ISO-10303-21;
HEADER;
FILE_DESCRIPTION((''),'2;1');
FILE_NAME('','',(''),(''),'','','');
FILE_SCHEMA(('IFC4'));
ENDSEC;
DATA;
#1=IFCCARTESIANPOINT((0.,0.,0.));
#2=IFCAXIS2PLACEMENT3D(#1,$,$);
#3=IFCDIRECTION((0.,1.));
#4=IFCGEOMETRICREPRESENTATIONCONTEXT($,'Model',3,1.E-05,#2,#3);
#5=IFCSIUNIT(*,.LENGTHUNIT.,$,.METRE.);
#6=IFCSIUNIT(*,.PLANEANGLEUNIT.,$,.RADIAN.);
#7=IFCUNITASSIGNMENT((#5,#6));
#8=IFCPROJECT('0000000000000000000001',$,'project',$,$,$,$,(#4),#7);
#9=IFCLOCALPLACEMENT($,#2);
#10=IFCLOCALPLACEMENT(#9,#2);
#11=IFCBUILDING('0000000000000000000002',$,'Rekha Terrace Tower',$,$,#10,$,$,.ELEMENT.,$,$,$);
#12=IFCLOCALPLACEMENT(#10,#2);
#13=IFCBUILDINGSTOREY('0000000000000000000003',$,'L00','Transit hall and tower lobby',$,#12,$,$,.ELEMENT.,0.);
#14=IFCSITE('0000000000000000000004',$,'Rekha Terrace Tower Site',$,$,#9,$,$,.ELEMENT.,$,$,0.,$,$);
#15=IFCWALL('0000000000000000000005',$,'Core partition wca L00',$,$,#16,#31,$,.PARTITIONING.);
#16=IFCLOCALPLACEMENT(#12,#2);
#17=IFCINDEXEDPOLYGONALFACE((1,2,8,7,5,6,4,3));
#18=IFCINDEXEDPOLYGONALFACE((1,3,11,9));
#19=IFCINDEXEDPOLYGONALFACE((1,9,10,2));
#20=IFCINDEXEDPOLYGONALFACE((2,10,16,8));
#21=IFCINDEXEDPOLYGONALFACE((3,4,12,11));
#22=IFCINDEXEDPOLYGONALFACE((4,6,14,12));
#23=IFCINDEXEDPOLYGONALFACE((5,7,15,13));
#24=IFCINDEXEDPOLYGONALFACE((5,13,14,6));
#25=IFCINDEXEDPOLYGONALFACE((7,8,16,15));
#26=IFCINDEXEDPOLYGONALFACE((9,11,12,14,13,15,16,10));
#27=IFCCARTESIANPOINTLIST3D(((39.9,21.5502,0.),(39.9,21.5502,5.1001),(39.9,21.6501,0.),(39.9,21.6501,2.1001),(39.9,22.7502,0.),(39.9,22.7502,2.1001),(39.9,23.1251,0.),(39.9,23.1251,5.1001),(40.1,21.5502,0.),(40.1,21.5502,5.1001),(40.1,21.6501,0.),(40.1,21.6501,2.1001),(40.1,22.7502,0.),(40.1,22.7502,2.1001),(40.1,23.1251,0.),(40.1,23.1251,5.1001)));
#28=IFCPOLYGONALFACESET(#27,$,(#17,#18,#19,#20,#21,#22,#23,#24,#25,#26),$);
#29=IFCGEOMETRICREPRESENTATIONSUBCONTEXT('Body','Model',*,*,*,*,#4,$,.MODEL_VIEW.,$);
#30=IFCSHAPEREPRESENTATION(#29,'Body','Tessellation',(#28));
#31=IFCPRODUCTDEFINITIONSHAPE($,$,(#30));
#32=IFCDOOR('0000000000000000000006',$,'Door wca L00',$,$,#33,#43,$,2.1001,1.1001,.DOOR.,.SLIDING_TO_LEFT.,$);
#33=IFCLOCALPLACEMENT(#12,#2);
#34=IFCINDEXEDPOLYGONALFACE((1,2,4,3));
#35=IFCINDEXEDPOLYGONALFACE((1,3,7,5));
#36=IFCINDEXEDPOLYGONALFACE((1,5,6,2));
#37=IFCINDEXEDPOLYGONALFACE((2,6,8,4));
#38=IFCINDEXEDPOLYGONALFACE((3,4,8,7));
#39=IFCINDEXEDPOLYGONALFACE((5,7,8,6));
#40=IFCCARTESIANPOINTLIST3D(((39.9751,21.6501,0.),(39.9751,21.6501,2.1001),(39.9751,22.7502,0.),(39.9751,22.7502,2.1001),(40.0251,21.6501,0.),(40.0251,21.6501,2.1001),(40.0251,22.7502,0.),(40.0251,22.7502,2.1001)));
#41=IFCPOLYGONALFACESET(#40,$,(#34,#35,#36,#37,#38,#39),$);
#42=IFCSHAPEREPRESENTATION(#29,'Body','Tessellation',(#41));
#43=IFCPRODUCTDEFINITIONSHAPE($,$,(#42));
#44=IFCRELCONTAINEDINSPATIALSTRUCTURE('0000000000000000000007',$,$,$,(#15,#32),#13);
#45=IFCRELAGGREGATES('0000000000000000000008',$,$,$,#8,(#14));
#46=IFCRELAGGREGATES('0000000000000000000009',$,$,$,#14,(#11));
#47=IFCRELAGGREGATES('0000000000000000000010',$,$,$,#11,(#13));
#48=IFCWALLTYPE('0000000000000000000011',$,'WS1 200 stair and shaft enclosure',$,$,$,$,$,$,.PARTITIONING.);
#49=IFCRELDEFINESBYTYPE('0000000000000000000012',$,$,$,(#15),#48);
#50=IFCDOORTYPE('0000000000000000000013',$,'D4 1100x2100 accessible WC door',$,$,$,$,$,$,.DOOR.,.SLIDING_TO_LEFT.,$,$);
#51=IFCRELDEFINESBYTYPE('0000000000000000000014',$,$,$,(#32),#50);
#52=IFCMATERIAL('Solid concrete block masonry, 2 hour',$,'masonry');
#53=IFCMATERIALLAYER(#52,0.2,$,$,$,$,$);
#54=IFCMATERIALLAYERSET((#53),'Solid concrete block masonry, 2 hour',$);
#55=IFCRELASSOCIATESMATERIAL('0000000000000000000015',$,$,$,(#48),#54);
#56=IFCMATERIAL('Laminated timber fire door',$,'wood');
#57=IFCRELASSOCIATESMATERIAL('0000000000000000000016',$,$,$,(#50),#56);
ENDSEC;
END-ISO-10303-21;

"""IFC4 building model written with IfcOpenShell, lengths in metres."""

from ifc_helpers import new_model, si_unit, direction, frame, frame_2d, origin, place, context, subcontext, project, spatial, rectangle, extrude, material, layer, layer_set, type_object, element, fill, save


model = new_model("IFC4")

# Units and contexts
model_context = context("Model", 3, precision=1e-05, world=origin(), true_north=direction((0.0, 1.0)))
body_context = subcontext(model_context, "Body", "Model", "MODEL_VIEW")
ifc_project = project(units=[si_unit("LENGTHUNIT", "METRE"), si_unit("PLANEANGLEUNIT", "RADIAN")], contexts=[model_context])

# Site, building, storey
site_placement = place(None, origin())
site = spatial("IfcSite", under=ifc_project, at=site_placement, Name="Rekha Terrace Tower Site", CompositionType="ELEMENT", RefElevation=0.0)
building_placement = place(site_placement, origin())
building = spatial("IfcBuilding", under=site, at=building_placement, Name="Rekha Terrace Tower", CompositionType="ELEMENT")
storey_placement = place(building_placement, origin())
storey = spatial("IfcBuildingStorey", under=building, at=storey_placement, Name="L00", Description="Transit hall and tower lobby", CompositionType="ELEMENT", Elevation=0.0)

# Shared definitions
ifc_material_1 = material(Name="Laminated timber fire door", Category="wood")

# Wall, opening, door
ifc_material_2 = material(Name="Solid concrete block masonry, 2 hour", Category="masonry")
ifc_layer_1 = layer(ifc_material_2, 0.2)
ifc_layer_set_1 = layer_set([ifc_layer_1], Name="Solid concrete block masonry, 2 hour")
wall_type_1 = type_object("IfcWallType", Name="WS1 200 stair and shaft enclosure", PredefinedType="PARTITIONING", material=ifc_layer_set_1)
wall_1_placement = place(storey_placement, frame((40.0, 21.55, 0.0), z_axis=(0.0, 0.0, 1.0), x_axis=(0.0, 1.0, 0.0)))
wall_1 = element("IfcWall", 1, at=wall_1_placement, inside=storey, type_object=wall_type_1, Name="Core partition wca L00", PredefinedType="PARTITIONING", context=body_context, shape_type="SweptSolid", body=[
    extrude(rectangle(XDim=1.575, YDim=0.2, at=frame_2d((0.7876, 0.0))), origin(), (0.0, 0.0, 1.0), 5.1001),
])
opening_1_placement = place(wall_1_placement, frame((0.1001, 0.0, 0.0)))
opening_1 = element("IfcOpeningElement", 2, at=opening_1_placement, cuts=wall_1, PredefinedType="OPENING", context=body_context, shape_type="SweptSolid", body=[
    extrude(rectangle(XDim=1.1001, YDim=2.1001, at=frame_2d((0.55, 1.05))), frame((0.0, 0.1099, 0.0), z_axis=(0.0, -1.0, 0.0), x_axis=(1.0, 0.0, 0.0)), (0.0, 0.0, 1.0), 0.22),
])
door_type_1 = type_object("IfcDoorType", Name="D4 1100x2100 accessible WC door", OperationType="SLIDING_TO_LEFT", PredefinedType="DOOR", material=ifc_material_1)
door_1_placement = place(opening_1_placement, origin())
door_1 = element("IfcDoor", 3, at=door_1_placement, inside=storey, type_object=door_type_1, Name="Door wca L00", OperationType="SLIDING_TO_LEFT", OverallHeight=2.1001, OverallWidth=1.1001, PredefinedType="DOOR", context=body_context, shape_type="SweptSolid", body=[
    extrude(rectangle(XDim=1.1001, YDim=2.1001, at=frame_2d((0.55, 1.05))), frame((0.0, 0.0249, 0.0), z_axis=(0.0, -1.0, 0.0), x_axis=(1.0, 0.0, 0.0)), (0.0, 0.0, 1.0), 0.05),
])
fill(opening_1, door_1)

save(model, "model.ifc")
